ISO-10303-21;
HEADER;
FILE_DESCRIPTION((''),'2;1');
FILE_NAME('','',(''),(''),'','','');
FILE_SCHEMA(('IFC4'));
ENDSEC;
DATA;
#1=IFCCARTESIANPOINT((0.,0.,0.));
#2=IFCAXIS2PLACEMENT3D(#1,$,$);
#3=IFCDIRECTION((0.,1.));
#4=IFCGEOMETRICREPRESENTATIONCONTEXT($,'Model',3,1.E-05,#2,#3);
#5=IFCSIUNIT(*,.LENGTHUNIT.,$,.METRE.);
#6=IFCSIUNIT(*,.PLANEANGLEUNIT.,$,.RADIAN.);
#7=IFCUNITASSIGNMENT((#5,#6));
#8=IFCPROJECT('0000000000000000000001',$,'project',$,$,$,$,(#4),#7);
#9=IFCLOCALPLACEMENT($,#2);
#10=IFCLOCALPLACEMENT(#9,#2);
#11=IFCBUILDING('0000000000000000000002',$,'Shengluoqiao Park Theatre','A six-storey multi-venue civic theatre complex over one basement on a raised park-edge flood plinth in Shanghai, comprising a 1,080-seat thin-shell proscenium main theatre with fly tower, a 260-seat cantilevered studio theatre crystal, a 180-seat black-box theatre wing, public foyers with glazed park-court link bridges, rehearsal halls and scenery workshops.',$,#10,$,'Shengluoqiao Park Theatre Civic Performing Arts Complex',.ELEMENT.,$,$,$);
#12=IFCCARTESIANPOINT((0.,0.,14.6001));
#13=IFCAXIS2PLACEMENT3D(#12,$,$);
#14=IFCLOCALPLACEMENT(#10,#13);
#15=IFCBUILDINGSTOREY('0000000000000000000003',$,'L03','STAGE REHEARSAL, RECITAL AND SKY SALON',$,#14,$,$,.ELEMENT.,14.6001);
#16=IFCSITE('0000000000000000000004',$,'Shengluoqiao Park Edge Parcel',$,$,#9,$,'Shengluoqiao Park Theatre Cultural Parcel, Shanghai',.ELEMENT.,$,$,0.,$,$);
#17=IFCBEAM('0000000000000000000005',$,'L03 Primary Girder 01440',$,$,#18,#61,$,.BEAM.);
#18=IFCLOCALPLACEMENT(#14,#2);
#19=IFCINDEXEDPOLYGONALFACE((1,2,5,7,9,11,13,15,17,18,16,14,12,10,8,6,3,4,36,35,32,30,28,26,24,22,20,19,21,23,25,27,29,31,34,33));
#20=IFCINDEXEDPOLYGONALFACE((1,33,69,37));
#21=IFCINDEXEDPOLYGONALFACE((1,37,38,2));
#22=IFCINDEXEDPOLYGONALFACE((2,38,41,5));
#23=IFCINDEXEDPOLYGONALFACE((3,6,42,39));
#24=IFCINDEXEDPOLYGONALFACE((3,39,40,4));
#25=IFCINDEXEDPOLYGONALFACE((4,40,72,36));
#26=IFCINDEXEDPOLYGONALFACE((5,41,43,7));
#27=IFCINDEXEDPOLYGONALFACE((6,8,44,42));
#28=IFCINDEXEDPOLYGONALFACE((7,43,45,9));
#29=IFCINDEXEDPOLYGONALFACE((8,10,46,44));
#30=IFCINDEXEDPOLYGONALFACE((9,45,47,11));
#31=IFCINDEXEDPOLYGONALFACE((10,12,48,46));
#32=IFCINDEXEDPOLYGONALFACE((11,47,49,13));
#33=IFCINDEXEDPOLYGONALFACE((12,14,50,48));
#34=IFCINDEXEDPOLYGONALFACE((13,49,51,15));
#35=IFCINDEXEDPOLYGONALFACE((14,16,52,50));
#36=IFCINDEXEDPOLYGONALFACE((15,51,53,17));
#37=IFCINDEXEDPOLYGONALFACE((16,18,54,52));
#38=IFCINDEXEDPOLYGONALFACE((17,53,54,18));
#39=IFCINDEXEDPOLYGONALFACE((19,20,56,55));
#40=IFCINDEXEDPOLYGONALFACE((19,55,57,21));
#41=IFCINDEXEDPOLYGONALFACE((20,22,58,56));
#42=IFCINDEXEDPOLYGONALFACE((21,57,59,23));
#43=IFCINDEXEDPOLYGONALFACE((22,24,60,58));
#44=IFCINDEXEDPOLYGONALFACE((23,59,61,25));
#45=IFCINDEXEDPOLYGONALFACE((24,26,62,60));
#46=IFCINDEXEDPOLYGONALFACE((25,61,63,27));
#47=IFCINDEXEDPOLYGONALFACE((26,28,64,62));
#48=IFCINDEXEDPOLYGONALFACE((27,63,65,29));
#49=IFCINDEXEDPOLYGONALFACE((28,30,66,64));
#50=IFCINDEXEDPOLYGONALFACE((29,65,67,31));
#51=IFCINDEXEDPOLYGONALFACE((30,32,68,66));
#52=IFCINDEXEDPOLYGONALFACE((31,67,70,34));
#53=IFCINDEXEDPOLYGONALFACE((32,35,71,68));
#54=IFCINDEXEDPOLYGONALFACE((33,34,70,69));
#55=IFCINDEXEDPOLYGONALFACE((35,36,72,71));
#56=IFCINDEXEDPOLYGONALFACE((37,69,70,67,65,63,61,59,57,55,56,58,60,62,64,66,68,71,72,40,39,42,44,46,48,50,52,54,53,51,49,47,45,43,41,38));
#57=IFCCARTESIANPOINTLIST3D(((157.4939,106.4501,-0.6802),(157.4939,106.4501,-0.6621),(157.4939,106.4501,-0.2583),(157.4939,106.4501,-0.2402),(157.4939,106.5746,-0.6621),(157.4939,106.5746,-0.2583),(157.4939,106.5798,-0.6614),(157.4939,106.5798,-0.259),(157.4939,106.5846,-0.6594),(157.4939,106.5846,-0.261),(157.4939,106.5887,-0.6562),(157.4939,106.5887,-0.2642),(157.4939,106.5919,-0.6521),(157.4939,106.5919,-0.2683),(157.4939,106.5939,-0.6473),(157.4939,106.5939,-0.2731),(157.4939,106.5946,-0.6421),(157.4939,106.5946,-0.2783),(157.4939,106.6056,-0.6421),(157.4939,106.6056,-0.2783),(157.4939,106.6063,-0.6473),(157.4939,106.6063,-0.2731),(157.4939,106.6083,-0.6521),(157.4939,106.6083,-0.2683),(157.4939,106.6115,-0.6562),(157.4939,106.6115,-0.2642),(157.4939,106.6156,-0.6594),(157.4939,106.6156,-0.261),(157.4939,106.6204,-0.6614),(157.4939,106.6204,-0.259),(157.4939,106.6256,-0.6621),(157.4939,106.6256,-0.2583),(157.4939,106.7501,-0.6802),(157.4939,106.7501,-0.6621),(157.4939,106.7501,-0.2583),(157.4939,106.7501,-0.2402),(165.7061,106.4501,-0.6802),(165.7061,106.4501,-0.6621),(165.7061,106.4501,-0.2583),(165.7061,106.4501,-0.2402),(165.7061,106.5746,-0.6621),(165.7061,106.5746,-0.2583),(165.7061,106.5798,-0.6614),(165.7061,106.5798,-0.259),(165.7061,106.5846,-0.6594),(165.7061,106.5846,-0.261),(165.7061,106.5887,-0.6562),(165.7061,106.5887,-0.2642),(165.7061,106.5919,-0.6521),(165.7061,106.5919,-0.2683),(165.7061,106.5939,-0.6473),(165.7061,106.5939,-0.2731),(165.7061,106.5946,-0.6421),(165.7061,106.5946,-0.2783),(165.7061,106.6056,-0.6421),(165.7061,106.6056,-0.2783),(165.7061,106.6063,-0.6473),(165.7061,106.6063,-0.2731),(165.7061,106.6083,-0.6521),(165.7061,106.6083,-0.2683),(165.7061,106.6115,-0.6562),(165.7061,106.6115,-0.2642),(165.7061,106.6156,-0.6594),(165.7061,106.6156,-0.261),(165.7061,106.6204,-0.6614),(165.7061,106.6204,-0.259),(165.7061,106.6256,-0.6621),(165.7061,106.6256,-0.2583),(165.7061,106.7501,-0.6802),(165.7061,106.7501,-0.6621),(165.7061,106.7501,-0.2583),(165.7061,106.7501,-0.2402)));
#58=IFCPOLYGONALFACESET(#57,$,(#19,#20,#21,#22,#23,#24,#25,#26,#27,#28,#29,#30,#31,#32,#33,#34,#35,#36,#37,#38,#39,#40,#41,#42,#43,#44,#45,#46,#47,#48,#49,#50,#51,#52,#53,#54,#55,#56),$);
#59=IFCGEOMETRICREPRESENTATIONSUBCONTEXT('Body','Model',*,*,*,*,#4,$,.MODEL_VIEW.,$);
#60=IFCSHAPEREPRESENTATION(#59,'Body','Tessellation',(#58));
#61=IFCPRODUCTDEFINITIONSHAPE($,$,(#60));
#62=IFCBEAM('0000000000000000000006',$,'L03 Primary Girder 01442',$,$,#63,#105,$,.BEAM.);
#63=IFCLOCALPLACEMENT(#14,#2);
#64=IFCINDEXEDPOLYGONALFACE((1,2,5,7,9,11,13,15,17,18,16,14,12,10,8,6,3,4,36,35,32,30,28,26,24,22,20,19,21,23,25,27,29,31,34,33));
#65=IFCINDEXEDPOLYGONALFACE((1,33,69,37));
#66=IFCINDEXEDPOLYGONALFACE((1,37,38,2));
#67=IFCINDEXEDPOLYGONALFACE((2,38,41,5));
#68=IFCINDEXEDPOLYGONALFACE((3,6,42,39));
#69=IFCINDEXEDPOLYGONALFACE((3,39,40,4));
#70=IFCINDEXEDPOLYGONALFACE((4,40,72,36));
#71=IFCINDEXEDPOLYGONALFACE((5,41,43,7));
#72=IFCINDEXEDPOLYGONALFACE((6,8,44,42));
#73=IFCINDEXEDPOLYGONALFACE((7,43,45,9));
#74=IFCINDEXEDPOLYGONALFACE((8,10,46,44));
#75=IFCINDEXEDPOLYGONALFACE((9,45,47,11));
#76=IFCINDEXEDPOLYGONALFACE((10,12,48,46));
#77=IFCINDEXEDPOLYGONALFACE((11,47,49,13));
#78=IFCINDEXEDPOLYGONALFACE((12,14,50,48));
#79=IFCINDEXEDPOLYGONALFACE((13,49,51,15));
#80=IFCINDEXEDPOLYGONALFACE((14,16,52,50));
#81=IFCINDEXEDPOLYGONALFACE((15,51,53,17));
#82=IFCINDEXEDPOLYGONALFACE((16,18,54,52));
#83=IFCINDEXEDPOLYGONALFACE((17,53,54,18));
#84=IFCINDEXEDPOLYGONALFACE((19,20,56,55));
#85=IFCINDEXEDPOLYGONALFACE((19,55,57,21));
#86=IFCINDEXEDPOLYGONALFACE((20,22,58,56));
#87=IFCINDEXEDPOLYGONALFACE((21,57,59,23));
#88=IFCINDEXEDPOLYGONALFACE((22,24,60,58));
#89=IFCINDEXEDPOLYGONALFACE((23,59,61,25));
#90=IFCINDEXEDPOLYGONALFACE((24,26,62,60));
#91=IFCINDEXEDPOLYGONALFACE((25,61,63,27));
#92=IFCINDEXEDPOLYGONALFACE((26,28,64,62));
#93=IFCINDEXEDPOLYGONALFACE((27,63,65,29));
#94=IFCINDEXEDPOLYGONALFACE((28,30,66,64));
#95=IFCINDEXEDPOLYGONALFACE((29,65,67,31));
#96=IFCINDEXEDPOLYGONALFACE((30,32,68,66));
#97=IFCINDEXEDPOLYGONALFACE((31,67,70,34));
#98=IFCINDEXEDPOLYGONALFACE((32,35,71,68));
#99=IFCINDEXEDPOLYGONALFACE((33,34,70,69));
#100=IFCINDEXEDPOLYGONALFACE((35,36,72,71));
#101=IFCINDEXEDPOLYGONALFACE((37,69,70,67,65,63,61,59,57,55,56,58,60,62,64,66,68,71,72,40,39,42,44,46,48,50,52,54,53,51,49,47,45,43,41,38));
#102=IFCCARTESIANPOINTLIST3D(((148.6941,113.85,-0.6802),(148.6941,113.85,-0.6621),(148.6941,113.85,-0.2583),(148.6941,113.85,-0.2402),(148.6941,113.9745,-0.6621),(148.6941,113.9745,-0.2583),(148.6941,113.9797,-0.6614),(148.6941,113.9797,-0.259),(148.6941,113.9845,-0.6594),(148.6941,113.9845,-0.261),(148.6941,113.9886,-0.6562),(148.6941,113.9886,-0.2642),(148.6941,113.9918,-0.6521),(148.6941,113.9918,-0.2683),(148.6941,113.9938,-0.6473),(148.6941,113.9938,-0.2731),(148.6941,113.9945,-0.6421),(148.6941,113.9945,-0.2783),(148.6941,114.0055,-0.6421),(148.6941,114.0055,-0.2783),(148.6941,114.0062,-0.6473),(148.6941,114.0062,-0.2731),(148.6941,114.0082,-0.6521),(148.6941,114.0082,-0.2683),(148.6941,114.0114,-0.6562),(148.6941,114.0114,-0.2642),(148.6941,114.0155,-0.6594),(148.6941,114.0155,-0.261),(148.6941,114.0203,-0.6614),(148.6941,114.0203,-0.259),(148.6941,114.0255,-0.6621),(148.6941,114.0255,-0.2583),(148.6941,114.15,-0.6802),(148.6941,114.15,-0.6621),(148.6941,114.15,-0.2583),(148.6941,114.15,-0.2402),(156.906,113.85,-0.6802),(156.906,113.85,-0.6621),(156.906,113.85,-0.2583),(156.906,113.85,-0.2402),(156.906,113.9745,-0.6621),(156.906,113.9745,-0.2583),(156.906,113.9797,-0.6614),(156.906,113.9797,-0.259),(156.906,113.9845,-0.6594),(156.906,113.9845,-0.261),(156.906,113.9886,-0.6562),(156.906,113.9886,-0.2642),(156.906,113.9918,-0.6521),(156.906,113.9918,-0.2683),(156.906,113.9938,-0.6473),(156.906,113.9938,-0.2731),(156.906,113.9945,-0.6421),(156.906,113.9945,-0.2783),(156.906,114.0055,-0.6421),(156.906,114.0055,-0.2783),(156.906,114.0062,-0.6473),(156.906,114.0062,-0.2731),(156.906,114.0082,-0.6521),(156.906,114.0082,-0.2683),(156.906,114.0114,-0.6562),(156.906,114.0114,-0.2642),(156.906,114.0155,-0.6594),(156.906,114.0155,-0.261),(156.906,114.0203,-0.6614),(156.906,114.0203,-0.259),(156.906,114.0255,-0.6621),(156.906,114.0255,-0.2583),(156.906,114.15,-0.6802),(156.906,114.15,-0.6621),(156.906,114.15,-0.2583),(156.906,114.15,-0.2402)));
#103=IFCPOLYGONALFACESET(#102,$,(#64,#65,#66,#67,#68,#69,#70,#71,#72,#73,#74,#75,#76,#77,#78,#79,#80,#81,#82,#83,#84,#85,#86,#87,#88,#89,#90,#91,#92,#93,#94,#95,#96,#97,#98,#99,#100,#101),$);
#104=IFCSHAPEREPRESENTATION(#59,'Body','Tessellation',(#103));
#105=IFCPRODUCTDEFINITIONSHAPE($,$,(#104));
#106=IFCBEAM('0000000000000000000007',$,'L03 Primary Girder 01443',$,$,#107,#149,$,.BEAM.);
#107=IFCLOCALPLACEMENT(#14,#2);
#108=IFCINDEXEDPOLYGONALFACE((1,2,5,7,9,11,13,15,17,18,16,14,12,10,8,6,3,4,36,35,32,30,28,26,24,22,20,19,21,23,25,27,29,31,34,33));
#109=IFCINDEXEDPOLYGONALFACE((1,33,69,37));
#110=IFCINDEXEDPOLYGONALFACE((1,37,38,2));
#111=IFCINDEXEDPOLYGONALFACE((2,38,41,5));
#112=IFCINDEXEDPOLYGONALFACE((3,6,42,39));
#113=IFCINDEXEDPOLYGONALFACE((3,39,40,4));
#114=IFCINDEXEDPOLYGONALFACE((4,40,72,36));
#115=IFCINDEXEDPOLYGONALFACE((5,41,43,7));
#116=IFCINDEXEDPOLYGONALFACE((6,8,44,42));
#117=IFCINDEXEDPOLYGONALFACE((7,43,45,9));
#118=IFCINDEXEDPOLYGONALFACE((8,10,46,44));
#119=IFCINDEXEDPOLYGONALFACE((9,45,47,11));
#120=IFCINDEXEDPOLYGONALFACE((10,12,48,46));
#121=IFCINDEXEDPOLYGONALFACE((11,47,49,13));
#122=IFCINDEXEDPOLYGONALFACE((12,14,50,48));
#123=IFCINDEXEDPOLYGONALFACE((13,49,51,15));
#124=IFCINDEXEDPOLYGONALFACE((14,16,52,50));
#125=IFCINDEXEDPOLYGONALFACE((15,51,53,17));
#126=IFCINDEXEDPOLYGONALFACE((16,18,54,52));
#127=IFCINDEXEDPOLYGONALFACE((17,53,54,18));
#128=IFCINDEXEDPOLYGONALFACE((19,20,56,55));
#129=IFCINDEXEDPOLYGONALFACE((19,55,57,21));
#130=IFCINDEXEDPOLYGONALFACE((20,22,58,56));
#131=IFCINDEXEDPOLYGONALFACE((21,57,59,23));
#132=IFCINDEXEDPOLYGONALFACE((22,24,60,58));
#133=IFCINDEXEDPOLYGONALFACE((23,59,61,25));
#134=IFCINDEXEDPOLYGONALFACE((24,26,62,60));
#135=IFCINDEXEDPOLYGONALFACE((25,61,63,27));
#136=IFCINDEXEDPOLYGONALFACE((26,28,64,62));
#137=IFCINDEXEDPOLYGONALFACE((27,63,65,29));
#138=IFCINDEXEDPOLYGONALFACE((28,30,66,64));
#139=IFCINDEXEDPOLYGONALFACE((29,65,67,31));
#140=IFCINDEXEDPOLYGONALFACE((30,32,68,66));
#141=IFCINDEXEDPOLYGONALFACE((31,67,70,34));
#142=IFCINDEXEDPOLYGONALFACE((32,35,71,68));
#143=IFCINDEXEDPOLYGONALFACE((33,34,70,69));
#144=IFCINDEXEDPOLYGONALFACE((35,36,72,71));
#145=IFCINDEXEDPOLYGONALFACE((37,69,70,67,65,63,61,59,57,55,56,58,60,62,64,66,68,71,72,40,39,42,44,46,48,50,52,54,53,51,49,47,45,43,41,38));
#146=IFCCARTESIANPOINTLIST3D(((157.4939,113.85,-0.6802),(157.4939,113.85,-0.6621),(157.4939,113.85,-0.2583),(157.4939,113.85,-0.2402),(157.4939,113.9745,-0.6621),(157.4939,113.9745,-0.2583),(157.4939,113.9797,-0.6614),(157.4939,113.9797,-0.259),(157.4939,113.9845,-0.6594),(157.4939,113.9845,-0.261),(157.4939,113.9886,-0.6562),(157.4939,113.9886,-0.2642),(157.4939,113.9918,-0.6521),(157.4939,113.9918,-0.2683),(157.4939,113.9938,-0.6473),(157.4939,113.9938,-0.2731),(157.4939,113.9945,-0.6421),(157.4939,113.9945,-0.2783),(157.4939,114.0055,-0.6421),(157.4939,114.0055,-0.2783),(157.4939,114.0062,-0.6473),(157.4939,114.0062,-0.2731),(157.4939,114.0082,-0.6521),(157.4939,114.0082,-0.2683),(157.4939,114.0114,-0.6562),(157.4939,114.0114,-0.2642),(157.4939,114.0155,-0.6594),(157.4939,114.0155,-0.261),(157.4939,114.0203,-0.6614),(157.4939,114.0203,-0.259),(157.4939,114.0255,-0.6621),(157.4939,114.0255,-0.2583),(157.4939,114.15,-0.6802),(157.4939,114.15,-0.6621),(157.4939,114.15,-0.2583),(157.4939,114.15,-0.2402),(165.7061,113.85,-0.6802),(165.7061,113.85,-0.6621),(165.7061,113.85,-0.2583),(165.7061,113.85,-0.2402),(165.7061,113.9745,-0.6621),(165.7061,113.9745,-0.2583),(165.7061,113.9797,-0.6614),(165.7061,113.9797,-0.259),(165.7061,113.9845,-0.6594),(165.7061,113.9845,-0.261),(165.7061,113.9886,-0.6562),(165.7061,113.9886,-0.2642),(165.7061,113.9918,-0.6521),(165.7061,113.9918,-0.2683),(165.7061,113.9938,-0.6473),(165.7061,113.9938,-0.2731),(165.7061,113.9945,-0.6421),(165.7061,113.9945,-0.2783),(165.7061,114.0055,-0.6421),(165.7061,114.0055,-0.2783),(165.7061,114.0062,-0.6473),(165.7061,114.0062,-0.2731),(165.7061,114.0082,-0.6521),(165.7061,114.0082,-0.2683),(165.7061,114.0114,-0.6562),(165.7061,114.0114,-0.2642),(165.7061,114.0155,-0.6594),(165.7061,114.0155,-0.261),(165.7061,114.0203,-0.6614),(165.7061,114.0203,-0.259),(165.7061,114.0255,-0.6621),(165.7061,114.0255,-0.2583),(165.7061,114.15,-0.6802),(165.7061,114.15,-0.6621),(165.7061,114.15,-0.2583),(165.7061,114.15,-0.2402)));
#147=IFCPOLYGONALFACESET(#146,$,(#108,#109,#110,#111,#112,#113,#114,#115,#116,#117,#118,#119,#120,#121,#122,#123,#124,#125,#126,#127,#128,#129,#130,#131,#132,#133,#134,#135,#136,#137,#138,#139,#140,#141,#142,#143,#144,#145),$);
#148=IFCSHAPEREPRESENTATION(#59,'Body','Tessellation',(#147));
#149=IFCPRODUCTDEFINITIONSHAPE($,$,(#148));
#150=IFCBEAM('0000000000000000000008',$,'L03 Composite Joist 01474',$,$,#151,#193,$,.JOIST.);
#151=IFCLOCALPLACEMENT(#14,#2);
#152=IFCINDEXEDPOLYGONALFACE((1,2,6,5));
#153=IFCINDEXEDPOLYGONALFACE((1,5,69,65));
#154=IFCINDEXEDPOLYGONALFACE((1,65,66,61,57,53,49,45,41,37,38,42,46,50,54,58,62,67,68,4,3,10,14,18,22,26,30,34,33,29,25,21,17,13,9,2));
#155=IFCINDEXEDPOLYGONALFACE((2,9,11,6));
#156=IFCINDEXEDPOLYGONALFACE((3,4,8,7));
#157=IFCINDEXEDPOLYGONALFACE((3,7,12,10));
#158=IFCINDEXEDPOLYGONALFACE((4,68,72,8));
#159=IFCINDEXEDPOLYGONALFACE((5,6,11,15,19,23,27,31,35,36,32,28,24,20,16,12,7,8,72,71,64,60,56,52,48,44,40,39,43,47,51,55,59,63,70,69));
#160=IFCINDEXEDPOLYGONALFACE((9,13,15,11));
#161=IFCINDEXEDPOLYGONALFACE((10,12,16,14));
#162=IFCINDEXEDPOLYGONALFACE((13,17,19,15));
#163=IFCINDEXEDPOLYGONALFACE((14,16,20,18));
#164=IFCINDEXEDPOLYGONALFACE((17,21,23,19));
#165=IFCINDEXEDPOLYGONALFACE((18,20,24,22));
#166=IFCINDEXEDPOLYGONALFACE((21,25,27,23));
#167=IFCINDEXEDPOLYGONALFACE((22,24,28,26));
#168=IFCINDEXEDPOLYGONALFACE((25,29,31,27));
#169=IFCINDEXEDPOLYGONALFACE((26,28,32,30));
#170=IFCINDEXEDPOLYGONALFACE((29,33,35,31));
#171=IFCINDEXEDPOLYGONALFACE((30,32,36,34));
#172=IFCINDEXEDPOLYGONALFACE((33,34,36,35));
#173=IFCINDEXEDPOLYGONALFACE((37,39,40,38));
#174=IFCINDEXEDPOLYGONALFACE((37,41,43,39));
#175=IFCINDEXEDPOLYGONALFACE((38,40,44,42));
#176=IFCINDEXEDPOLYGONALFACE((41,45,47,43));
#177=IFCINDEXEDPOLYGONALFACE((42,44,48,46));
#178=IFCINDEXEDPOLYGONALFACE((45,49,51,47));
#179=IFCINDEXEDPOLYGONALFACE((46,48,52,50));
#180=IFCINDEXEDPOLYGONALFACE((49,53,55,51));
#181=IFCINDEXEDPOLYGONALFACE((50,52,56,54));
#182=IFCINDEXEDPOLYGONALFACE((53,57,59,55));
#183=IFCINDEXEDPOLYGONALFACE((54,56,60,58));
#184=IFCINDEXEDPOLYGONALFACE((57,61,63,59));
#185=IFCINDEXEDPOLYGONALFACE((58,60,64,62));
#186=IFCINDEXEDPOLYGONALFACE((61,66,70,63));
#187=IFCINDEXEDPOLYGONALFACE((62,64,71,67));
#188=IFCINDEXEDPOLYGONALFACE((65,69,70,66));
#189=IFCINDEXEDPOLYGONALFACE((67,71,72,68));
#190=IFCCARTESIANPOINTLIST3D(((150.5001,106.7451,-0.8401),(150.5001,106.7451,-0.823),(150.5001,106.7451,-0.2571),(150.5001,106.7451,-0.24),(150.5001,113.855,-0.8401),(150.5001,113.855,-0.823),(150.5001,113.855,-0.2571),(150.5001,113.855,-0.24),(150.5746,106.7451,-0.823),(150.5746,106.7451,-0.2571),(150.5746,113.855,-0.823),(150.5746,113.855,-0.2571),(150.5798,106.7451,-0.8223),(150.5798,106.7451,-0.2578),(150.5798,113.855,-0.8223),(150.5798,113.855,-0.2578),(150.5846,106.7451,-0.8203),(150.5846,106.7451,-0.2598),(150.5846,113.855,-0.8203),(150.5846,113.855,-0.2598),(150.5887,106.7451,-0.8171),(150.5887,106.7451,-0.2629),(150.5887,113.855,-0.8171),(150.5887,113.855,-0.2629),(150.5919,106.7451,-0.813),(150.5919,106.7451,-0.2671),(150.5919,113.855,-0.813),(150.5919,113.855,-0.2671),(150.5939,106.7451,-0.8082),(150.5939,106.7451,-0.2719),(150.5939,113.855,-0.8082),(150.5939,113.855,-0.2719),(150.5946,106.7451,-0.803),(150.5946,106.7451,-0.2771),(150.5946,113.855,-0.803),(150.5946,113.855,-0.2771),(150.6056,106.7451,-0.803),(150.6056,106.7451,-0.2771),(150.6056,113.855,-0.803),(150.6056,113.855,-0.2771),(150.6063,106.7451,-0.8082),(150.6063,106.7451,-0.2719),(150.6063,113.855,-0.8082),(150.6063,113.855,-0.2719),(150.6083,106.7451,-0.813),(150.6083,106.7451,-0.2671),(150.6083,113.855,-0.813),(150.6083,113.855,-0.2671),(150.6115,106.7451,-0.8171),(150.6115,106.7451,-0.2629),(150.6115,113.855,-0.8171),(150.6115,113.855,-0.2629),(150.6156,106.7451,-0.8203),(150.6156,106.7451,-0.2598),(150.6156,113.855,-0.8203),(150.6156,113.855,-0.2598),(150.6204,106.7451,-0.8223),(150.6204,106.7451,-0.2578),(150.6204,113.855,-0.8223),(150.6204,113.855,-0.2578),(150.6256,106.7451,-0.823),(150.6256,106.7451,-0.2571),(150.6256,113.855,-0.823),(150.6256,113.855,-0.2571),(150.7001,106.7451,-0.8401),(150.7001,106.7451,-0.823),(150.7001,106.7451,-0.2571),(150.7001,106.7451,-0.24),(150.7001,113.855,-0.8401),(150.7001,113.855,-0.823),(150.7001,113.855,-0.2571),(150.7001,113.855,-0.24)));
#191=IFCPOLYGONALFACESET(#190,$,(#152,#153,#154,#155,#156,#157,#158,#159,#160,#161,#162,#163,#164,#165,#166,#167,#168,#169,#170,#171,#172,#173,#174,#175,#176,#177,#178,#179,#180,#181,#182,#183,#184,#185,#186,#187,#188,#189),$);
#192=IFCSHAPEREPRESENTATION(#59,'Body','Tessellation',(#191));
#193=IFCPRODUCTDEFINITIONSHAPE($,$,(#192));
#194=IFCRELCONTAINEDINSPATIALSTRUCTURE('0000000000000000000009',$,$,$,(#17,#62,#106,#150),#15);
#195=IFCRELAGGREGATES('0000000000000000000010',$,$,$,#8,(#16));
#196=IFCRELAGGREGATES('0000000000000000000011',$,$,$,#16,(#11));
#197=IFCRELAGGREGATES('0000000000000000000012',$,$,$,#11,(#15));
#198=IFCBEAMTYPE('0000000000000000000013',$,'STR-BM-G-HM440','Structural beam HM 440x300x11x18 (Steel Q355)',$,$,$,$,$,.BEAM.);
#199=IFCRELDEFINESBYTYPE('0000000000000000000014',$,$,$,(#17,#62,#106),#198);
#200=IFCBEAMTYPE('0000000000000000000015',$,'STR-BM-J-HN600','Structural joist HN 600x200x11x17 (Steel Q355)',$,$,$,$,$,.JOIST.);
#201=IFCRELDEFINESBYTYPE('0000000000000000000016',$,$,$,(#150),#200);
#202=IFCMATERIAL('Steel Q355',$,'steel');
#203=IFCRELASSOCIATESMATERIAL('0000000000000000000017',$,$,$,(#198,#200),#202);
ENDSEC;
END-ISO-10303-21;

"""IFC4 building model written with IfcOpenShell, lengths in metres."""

from ifc_helpers import new_model, si_unit, direction, frame, origin, origin_2d, place, context, subcontext, project, spatial, i_section, extrude, material, material_profile, profile_set, type_object, element, save


model = new_model("IFC4")

# Units and contexts
model_context = context("Model", 3, precision=1e-05, world=origin(), true_north=direction((0.0, 1.0)))
body_context = subcontext(model_context, "Body", "Model", "MODEL_VIEW")
ifc_project = project(units=[si_unit("LENGTHUNIT", "METRE"), si_unit("PLANEANGLEUNIT", "RADIAN")], contexts=[model_context])

# Site, building, storey
site_placement = place(None, origin())
site = spatial("IfcSite", under=ifc_project, at=site_placement, Name="Shengluoqiao Park Edge Parcel", LongName="Shengluoqiao Park Theatre Cultural Parcel, Shanghai", CompositionType="ELEMENT", RefElevation=0.0)
building_placement = place(site_placement, origin())
building = spatial("IfcBuilding", under=site, at=building_placement, Name="Shengluoqiao Park Theatre", Description="A six-storey multi-venue civic theatre complex over one basement on a raised park-edge flood plinth in Shanghai, comprising a 1,080-seat thin-shell proscenium main theatre with fly tower, a 260-seat cantilevered studio theatre crystal, a 180-seat black-box theatre wing, public foyers with glazed park-court link bridges, rehearsal halls and scenery workshops.", LongName="Shengluoqiao Park Theatre Civic Performing Arts Complex", CompositionType="ELEMENT")
storey_placement = place(building_placement, frame((0.0, 0.0, 14.6001)))
storey = spatial("IfcBuildingStorey", under=building, at=storey_placement, Name="L03", Description="STAGE REHEARSAL, RECITAL AND SKY SALON", CompositionType="ELEMENT", Elevation=14.6001)

# Beams
ifc_material_1 = material(Name="Steel Q355", Category="steel")
ifc_material_profile_1 = material_profile(ifc_material_1, i_section(OverallWidth=0.3, OverallDepth=0.4399, WebThickness=0.011, FlangeThickness=0.0181, FilletRadius=0.02, at=origin_2d()), Name="HM 440x300x11x18")
ifc_profile_set_1 = profile_set([ifc_material_profile_1], Name="Steel Q355")
beam_type_1 = type_object("IfcBeamType", Name="STR-BM-G-HM440", Description="Structural beam HM 440x300x11x18 (Steel Q355)", PredefinedType="BEAM", material=ifc_profile_set_1)
beam_1_placement = place(storey_placement, frame((157.4939, 106.6001, -0.4602), z_axis=(1.0, 0.0, 0.0), x_axis=(0.0, 1.0, 0.0)))
element("IfcBeam", 1, at=beam_1_placement, inside=storey, type_object=beam_type_1, Name="L03 Primary Girder 01440", PredefinedType="BEAM", context=body_context, shape_type="SweptSolid", body=[
    extrude(i_section(OverallWidth=0.3, OverallDepth=0.4399, WebThickness=0.011, FlangeThickness=0.0181, FilletRadius=0.02, at=origin_2d()), origin(), (0.0, 0.0, 1.0), 8.2122),
])
beam_2_placement = place(storey_placement, frame((148.6941, 114.0, -0.4602), z_axis=(1.0, 0.0, 0.0), x_axis=(0.0, 1.0, 0.0)))
element("IfcBeam", 2, at=beam_2_placement, inside=storey, type_object=beam_type_1, Name="L03 Primary Girder 01442", PredefinedType="BEAM", context=body_context, shape_type="SweptSolid", body=[
    extrude(i_section(OverallWidth=0.3, OverallDepth=0.4399, WebThickness=0.011, FlangeThickness=0.0181, FilletRadius=0.02, at=origin_2d()), origin(), (0.0, 0.0, 1.0), 8.2119),
])
beam_3_placement = place(storey_placement, frame((157.4939, 114.0, -0.4602), z_axis=(1.0, 0.0, 0.0), x_axis=(0.0, 1.0, 0.0)))
element("IfcBeam", 3, at=beam_3_placement, inside=storey, type_object=beam_type_1, Name="L03 Primary Girder 01443", PredefinedType="BEAM", context=body_context, shape_type="SweptSolid", body=[
    extrude(i_section(OverallWidth=0.3, OverallDepth=0.4399, WebThickness=0.011, FlangeThickness=0.0181, FilletRadius=0.02, at=origin_2d()), origin(), (0.0, 0.0, 1.0), 8.2122),
])
ifc_material_profile_2 = material_profile(ifc_material_1, i_section(OverallWidth=0.2, OverallDepth=0.6001, WebThickness=0.011, FlangeThickness=0.0171, FilletRadius=0.02, at=origin_2d()), Name="HN 600x200x11x17")
ifc_profile_set_2 = profile_set([ifc_material_profile_2], Name="Steel Q355")
beam_type_2 = type_object("IfcBeamType", Name="STR-BM-J-HN600", Description="Structural joist HN 600x200x11x17 (Steel Q355)", PredefinedType="JOIST", material=ifc_profile_set_2)
for number, where, z_axis, x_axis, name in (
    (4, (150.6001, 106.7451, -0.54), (0.0, 1.0, 0.0), (-1.0, 0.0, 0.0), "L03 Composite Joist 01474"),
):
    element("IfcBeam", number, at=place(storey_placement, frame(where, z_axis=z_axis, x_axis=x_axis)), inside=storey, type_object=beam_type_2, Name=name, PredefinedType="JOIST", context=body_context, shape_type="SweptSolid", body=[
        extrude(i_section(OverallWidth=0.2, OverallDepth=0.6001, WebThickness=0.011, FlangeThickness=0.0171, FilletRadius=0.02, at=origin_2d()), origin(), (0.0, 0.0, 1.0), 7.1099),
    ])

save(model, "model.ifc")
